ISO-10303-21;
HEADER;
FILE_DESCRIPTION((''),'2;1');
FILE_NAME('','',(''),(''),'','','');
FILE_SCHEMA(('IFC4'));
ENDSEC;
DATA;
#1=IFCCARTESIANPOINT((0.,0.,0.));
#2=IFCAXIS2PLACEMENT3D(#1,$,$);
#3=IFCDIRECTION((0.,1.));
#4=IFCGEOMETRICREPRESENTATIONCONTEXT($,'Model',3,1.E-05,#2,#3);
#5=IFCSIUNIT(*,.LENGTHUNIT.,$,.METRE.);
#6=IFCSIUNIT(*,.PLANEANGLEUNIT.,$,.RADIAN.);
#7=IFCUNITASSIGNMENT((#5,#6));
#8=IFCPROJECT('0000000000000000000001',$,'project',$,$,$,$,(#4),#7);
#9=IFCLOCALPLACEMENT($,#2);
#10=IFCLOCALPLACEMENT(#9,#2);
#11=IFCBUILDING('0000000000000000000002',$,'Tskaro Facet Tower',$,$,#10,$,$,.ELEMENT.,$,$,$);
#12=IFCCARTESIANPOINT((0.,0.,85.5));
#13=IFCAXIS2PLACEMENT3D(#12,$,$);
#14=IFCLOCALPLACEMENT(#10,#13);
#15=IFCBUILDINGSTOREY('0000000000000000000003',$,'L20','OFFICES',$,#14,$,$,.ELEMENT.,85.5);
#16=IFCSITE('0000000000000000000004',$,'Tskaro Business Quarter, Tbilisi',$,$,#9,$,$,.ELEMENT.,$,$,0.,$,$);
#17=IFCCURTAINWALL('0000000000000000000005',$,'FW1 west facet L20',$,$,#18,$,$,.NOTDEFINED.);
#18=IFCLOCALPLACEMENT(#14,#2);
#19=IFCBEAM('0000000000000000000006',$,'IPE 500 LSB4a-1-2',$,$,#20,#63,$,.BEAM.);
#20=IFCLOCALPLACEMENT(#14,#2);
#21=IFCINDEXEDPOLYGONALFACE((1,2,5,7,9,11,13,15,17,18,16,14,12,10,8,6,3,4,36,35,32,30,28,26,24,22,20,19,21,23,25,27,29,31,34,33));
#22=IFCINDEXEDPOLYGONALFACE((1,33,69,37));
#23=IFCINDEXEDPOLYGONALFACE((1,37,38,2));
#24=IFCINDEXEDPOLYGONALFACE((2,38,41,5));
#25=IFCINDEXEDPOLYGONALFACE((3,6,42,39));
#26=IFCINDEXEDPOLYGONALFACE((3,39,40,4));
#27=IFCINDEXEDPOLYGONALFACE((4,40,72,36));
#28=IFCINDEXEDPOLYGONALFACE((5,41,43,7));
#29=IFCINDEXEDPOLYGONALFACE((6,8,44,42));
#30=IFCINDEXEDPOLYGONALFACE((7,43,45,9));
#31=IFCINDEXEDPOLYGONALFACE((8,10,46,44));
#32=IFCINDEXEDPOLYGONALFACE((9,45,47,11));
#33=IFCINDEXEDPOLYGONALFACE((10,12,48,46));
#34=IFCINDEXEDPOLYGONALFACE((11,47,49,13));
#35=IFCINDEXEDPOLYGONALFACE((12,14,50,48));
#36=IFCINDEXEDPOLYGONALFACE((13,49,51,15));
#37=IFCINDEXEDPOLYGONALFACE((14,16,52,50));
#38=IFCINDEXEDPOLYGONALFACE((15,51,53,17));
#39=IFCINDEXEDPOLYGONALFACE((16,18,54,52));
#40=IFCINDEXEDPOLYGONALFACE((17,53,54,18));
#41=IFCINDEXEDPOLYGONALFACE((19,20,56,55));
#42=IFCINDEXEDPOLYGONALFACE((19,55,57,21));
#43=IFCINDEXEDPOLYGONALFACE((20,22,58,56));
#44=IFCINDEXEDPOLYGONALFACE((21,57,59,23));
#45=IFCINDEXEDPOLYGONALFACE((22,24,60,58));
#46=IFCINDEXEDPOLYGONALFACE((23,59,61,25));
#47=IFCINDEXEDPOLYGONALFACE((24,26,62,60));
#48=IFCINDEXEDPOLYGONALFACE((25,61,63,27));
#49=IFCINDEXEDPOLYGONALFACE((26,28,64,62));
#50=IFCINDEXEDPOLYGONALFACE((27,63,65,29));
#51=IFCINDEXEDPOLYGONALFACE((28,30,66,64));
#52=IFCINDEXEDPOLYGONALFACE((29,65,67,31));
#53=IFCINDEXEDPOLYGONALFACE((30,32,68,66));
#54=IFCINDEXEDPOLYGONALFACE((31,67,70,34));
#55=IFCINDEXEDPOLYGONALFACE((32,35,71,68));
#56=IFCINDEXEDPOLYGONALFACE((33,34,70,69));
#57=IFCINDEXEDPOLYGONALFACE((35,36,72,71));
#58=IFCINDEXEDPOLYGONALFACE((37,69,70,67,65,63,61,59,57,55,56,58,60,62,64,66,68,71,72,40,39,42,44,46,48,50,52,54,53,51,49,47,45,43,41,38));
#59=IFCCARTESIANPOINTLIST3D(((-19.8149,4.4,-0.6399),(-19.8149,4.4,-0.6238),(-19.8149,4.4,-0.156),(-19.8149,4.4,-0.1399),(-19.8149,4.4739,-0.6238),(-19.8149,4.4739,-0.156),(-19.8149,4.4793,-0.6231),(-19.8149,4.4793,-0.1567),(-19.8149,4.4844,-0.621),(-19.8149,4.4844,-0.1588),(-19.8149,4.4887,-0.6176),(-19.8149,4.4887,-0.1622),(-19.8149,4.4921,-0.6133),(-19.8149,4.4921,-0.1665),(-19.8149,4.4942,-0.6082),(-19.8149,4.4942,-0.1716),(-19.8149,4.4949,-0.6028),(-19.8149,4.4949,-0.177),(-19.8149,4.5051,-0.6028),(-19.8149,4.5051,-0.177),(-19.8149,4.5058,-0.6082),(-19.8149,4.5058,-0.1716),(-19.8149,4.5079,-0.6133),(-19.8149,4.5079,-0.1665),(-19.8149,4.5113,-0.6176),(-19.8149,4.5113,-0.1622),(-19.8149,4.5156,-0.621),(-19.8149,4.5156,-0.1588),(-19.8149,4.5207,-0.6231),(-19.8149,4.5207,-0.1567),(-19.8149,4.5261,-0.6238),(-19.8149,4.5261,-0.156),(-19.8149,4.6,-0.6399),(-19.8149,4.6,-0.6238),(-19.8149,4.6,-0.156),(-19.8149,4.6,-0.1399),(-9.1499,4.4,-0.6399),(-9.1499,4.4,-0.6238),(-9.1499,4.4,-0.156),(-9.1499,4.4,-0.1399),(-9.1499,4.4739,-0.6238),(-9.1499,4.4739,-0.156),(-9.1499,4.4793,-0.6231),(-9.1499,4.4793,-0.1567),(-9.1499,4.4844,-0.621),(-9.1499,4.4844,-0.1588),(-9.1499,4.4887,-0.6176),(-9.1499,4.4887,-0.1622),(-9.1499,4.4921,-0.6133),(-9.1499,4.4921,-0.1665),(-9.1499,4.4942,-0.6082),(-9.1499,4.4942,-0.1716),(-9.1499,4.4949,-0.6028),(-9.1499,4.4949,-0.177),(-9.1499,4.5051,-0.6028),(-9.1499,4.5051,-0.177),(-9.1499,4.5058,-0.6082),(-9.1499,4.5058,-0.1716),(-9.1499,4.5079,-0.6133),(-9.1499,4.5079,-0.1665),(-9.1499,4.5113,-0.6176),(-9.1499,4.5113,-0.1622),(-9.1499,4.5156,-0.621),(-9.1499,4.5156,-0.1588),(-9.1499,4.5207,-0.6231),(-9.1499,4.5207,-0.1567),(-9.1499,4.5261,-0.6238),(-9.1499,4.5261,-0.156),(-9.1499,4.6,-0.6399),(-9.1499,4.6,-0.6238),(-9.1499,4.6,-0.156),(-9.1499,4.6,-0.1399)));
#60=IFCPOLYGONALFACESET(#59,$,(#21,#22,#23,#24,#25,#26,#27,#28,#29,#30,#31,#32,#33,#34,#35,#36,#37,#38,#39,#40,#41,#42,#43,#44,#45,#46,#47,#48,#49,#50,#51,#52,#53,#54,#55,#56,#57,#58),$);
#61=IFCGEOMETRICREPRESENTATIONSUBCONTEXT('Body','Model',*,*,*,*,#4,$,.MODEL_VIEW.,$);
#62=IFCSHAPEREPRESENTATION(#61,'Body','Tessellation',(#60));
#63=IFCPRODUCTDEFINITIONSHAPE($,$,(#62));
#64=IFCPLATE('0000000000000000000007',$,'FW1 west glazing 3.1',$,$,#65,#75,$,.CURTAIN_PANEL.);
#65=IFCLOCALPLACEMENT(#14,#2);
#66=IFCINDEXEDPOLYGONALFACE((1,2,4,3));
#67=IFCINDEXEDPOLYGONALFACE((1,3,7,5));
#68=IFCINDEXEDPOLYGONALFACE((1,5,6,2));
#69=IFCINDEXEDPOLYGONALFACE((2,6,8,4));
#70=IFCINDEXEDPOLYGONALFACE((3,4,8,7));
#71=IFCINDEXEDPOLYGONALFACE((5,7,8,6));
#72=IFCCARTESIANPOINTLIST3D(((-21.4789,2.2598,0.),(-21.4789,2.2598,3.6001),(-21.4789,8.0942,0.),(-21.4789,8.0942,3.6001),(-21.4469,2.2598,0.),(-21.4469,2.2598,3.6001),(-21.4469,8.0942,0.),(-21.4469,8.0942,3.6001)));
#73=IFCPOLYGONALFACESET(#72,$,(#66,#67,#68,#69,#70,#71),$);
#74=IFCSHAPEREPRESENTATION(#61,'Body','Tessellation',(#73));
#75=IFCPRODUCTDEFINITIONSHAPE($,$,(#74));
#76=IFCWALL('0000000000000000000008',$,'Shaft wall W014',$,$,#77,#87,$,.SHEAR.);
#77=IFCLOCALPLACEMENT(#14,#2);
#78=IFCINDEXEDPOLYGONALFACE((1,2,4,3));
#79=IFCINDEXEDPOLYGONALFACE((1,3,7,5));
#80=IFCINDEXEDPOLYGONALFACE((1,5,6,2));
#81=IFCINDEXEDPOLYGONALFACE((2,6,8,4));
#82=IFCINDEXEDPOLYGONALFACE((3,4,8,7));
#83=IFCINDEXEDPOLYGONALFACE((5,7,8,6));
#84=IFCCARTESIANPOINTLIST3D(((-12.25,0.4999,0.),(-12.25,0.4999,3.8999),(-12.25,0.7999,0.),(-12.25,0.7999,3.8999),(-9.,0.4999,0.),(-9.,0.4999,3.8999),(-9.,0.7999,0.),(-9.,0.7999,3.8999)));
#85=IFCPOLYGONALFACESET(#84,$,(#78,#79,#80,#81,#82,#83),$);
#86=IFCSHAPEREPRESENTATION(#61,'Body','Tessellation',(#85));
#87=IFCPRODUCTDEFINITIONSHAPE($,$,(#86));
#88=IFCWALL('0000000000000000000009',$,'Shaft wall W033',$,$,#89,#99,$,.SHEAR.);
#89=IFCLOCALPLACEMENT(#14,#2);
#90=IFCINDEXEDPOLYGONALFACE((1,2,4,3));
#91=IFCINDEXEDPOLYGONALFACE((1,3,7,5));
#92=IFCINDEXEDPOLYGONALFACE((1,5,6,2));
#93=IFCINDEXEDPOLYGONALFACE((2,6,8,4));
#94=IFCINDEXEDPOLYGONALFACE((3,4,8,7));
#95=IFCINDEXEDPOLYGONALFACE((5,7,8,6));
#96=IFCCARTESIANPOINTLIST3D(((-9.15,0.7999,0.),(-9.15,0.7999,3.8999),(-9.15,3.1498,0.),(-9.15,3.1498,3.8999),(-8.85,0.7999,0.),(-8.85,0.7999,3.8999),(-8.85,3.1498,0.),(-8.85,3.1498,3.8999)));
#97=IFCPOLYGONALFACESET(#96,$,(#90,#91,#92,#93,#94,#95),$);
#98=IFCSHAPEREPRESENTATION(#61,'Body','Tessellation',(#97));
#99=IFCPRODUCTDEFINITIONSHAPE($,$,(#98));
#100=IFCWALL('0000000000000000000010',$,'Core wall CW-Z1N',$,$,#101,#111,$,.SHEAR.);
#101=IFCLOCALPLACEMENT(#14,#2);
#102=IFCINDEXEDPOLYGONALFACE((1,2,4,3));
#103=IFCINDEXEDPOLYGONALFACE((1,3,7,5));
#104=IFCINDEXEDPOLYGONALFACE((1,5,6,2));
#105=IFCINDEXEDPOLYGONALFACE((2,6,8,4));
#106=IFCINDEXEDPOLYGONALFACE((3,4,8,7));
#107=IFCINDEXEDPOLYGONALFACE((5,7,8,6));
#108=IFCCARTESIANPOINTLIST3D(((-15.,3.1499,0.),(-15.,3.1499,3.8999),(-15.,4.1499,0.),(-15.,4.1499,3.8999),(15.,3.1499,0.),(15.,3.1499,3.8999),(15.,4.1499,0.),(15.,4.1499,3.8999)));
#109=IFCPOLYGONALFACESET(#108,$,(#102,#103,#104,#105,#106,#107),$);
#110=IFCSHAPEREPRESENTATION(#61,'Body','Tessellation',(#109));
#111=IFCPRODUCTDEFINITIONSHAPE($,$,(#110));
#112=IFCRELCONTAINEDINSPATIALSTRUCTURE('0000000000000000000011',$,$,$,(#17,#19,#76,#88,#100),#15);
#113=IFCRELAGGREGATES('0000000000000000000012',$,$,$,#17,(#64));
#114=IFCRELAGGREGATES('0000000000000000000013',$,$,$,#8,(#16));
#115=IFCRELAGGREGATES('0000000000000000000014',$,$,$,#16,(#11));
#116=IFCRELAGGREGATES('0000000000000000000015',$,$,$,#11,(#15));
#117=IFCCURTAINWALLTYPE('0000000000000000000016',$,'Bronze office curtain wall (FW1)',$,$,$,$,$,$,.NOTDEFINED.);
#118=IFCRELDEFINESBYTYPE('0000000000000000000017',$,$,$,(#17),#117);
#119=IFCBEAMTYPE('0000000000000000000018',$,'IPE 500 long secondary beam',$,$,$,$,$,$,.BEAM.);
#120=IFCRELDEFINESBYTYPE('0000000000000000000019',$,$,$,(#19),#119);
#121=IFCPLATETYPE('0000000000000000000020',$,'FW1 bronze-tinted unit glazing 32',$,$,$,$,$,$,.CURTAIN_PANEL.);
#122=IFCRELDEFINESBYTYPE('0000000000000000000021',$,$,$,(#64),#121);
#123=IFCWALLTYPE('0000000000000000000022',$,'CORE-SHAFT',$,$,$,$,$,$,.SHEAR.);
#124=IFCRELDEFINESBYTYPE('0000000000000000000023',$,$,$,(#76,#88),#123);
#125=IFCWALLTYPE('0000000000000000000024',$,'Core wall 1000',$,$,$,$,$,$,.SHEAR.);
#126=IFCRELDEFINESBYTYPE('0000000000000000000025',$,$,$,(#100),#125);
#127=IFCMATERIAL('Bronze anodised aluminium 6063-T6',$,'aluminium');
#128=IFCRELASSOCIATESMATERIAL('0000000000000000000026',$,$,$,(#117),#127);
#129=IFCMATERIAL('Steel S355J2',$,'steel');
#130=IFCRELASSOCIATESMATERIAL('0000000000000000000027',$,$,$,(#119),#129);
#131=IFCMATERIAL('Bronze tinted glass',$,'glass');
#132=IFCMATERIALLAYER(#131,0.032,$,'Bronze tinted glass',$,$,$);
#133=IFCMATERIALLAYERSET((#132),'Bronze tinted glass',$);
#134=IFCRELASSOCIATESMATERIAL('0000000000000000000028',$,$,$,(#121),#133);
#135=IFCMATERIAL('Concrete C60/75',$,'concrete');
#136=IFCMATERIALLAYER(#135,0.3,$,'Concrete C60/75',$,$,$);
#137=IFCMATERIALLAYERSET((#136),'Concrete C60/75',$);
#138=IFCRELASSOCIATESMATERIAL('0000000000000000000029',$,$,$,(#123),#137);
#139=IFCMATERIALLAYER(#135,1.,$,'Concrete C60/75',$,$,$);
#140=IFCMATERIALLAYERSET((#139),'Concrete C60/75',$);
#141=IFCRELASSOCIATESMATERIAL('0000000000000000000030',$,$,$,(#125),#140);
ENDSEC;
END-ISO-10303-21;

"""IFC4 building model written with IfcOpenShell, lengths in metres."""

from ifc_helpers import new_model, si_unit, direction, frame, frame_2d, origin, origin_2d, place, context, subcontext, project, spatial, rectangle, i_section, extrude, material, layer, layer_set, material_profile, profile_set, type_object, element, aggregate, save


model = new_model("IFC4")

# Units and contexts
model_context = context("Model", 3, precision=1e-05, world=origin(), true_north=direction((0.0, 1.0)))
body_context = subcontext(model_context, "Body", "Model", "MODEL_VIEW")
ifc_project = project(units=[si_unit("LENGTHUNIT", "METRE"), si_unit("PLANEANGLEUNIT", "RADIAN")], contexts=[model_context])

# Site, building, storey
site_placement = place(None, origin())
site = spatial("IfcSite", under=ifc_project, at=site_placement, Name="Tskaro Business Quarter, Tbilisi", CompositionType="ELEMENT", RefElevation=0.0)
building_placement = place(site_placement, origin())
building = spatial("IfcBuilding", under=site, at=building_placement, Name="Tskaro Facet Tower", CompositionType="ELEMENT")
storey_placement = place(building_placement, frame((0.0, 0.0, 85.5)))
storey = spatial("IfcBuildingStorey", under=building, at=storey_placement, Name="L20", Description="OFFICES", CompositionType="ELEMENT", Elevation=85.5)

# Curtain wall
ifc_material_1 = material(Name="Bronze anodised aluminium 6063-T6", Category="aluminium")
curtain_wall_type = type_object("IfcCurtainWallType", Name="Bronze office curtain wall (FW1)", PredefinedType="NOTDEFINED", material=ifc_material_1)
curtain_wall_placement = place(storey_placement, origin())
curtain_wall = element("IfcCurtainWall", 1, at=curtain_wall_placement, inside=storey, type_object=curtain_wall_type, Name="FW1 west facet L20", PredefinedType="NOTDEFINED")

# Beam
ifc_material_2 = material(Name="Steel S355J2", Category="steel")
ifc_material_profile_1 = material_profile(ifc_material_2, i_section(OverallWidth=0.2, OverallDepth=0.5, WebThickness=0.0103, FlangeThickness=0.0161, FilletRadius=0.021, at=origin_2d()), Name="IPE 500")
ifc_profile_set_1 = profile_set([ifc_material_profile_1], Name="Steel S355J2")
beam_type_1 = type_object("IfcBeamType", Name="IPE 500 long secondary beam", PredefinedType="BEAM", material=ifc_profile_set_1)
beam_1_placement = place(storey_placement, frame((-19.8149, 4.5, -0.3899), z_axis=(1.0, 0.0, 0.0), x_axis=(0.0, 1.0, 0.0)))
element("IfcBeam", 2, at=beam_1_placement, inside=storey, type_object=beam_type_1, Name="IPE 500 LSB4a-1-2", PredefinedType="BEAM", context=body_context, shape_type="SweptSolid", body=[
    extrude(i_section(OverallWidth=0.2, OverallDepth=0.5, WebThickness=0.0103, FlangeThickness=0.0161, FilletRadius=0.021, at=origin_2d()), origin(), (0.0, 0.0, 1.0), 10.665),
])

# Plate
ifc_material_3 = material(Name="Bronze tinted glass", Category="glass")
ifc_layer_1 = layer(ifc_material_3, 0.032, Name="Bronze tinted glass")
ifc_layer_set_1 = layer_set([ifc_layer_1], Name="Bronze tinted glass")
plate_type = type_object("IfcPlateType", Name="FW1 bronze-tinted unit glazing 32", PredefinedType="CURTAIN_PANEL", material=ifc_layer_set_1)
plate_placement = place(storey_placement, frame((-21.4629, 5.177, 0.0), z_axis=(0.0, 0.0, 1.0), x_axis=(0.0, -1.0, 0.0)))
plate = element("IfcPlate", 3, at=plate_placement, type_object=plate_type, Name="FW1 west glazing 3.1", PredefinedType="CURTAIN_PANEL", context=body_context, shape_type="SweptSolid", body=[
    extrude(rectangle(XDim=5.8345, YDim=0.032, at=origin_2d()), origin(), (0.0, 0.0, 1.0), 3.6001),
])
aggregate(curtain_wall, [plate])

# Walls
ifc_material_4 = material(Name="Concrete C60/75", Category="concrete")
ifc_layer_2 = layer(ifc_material_4, 0.3, Name="Concrete C60/75")
ifc_layer_set_2 = layer_set([ifc_layer_2], Name="Concrete C60/75")
wall_type_1 = type_object("IfcWallType", Name="CORE-SHAFT", PredefinedType="SHEAR", material=ifc_layer_set_2)
wall_1_placement = place(storey_placement, frame((-9.0, 0.6499, 0.0), z_axis=(0.0, 0.0, 1.0), x_axis=(-1.0, 0.0, 0.0)))
element("IfcWall", 4, at=wall_1_placement, inside=storey, type_object=wall_type_1, Name="Shaft wall W014", PredefinedType="SHEAR", context=body_context, shape_type="SweptSolid", body=[
    extrude(rectangle(XDim=3.25, YDim=0.3, at=frame_2d((1.625, 0.0))), origin(), (0.0, 0.0, 1.0), 3.8999),
])
wall_2_placement = place(storey_placement, frame((-9.0, 0.8, 0.0), z_axis=(0.0, 0.0, 1.0), x_axis=(0.0, 1.0, 0.0)))
element("IfcWall", 5, at=wall_2_placement, inside=storey, type_object=wall_type_1, Name="Shaft wall W033", PredefinedType="SHEAR", context=body_context, shape_type="SweptSolid", body=[
    extrude(rectangle(XDim=2.3499, YDim=0.3, at=frame_2d((1.1748, 0.0))), origin(), (0.0, 0.0, 1.0), 3.8999),
])
ifc_layer_3 = layer(ifc_material_4, 1.0, Name="Concrete C60/75")
ifc_layer_set_3 = layer_set([ifc_layer_3], Name="Concrete C60/75")
wall_type_2 = type_object("IfcWallType", Name="Core wall 1000", PredefinedType="SHEAR", material=ifc_layer_set_3)
wall_3_placement = place(storey_placement, frame((-15.0, 3.6499, 0.0), z_axis=(0.0, 0.0, 1.0), x_axis=(1.0, 0.0, 0.0)))
element("IfcWall", 6, at=wall_3_placement, inside=storey, type_object=wall_type_2, Name="Core wall CW-Z1N", PredefinedType="SHEAR", context=body_context, shape_type="SweptSolid", body=[
    extrude(rectangle(XDim=30.0, YDim=1.0, at=frame_2d((15.0, 0.0))), origin(), (0.0, 0.0, 1.0), 3.8999),
])

save(model, "model.ifc")
